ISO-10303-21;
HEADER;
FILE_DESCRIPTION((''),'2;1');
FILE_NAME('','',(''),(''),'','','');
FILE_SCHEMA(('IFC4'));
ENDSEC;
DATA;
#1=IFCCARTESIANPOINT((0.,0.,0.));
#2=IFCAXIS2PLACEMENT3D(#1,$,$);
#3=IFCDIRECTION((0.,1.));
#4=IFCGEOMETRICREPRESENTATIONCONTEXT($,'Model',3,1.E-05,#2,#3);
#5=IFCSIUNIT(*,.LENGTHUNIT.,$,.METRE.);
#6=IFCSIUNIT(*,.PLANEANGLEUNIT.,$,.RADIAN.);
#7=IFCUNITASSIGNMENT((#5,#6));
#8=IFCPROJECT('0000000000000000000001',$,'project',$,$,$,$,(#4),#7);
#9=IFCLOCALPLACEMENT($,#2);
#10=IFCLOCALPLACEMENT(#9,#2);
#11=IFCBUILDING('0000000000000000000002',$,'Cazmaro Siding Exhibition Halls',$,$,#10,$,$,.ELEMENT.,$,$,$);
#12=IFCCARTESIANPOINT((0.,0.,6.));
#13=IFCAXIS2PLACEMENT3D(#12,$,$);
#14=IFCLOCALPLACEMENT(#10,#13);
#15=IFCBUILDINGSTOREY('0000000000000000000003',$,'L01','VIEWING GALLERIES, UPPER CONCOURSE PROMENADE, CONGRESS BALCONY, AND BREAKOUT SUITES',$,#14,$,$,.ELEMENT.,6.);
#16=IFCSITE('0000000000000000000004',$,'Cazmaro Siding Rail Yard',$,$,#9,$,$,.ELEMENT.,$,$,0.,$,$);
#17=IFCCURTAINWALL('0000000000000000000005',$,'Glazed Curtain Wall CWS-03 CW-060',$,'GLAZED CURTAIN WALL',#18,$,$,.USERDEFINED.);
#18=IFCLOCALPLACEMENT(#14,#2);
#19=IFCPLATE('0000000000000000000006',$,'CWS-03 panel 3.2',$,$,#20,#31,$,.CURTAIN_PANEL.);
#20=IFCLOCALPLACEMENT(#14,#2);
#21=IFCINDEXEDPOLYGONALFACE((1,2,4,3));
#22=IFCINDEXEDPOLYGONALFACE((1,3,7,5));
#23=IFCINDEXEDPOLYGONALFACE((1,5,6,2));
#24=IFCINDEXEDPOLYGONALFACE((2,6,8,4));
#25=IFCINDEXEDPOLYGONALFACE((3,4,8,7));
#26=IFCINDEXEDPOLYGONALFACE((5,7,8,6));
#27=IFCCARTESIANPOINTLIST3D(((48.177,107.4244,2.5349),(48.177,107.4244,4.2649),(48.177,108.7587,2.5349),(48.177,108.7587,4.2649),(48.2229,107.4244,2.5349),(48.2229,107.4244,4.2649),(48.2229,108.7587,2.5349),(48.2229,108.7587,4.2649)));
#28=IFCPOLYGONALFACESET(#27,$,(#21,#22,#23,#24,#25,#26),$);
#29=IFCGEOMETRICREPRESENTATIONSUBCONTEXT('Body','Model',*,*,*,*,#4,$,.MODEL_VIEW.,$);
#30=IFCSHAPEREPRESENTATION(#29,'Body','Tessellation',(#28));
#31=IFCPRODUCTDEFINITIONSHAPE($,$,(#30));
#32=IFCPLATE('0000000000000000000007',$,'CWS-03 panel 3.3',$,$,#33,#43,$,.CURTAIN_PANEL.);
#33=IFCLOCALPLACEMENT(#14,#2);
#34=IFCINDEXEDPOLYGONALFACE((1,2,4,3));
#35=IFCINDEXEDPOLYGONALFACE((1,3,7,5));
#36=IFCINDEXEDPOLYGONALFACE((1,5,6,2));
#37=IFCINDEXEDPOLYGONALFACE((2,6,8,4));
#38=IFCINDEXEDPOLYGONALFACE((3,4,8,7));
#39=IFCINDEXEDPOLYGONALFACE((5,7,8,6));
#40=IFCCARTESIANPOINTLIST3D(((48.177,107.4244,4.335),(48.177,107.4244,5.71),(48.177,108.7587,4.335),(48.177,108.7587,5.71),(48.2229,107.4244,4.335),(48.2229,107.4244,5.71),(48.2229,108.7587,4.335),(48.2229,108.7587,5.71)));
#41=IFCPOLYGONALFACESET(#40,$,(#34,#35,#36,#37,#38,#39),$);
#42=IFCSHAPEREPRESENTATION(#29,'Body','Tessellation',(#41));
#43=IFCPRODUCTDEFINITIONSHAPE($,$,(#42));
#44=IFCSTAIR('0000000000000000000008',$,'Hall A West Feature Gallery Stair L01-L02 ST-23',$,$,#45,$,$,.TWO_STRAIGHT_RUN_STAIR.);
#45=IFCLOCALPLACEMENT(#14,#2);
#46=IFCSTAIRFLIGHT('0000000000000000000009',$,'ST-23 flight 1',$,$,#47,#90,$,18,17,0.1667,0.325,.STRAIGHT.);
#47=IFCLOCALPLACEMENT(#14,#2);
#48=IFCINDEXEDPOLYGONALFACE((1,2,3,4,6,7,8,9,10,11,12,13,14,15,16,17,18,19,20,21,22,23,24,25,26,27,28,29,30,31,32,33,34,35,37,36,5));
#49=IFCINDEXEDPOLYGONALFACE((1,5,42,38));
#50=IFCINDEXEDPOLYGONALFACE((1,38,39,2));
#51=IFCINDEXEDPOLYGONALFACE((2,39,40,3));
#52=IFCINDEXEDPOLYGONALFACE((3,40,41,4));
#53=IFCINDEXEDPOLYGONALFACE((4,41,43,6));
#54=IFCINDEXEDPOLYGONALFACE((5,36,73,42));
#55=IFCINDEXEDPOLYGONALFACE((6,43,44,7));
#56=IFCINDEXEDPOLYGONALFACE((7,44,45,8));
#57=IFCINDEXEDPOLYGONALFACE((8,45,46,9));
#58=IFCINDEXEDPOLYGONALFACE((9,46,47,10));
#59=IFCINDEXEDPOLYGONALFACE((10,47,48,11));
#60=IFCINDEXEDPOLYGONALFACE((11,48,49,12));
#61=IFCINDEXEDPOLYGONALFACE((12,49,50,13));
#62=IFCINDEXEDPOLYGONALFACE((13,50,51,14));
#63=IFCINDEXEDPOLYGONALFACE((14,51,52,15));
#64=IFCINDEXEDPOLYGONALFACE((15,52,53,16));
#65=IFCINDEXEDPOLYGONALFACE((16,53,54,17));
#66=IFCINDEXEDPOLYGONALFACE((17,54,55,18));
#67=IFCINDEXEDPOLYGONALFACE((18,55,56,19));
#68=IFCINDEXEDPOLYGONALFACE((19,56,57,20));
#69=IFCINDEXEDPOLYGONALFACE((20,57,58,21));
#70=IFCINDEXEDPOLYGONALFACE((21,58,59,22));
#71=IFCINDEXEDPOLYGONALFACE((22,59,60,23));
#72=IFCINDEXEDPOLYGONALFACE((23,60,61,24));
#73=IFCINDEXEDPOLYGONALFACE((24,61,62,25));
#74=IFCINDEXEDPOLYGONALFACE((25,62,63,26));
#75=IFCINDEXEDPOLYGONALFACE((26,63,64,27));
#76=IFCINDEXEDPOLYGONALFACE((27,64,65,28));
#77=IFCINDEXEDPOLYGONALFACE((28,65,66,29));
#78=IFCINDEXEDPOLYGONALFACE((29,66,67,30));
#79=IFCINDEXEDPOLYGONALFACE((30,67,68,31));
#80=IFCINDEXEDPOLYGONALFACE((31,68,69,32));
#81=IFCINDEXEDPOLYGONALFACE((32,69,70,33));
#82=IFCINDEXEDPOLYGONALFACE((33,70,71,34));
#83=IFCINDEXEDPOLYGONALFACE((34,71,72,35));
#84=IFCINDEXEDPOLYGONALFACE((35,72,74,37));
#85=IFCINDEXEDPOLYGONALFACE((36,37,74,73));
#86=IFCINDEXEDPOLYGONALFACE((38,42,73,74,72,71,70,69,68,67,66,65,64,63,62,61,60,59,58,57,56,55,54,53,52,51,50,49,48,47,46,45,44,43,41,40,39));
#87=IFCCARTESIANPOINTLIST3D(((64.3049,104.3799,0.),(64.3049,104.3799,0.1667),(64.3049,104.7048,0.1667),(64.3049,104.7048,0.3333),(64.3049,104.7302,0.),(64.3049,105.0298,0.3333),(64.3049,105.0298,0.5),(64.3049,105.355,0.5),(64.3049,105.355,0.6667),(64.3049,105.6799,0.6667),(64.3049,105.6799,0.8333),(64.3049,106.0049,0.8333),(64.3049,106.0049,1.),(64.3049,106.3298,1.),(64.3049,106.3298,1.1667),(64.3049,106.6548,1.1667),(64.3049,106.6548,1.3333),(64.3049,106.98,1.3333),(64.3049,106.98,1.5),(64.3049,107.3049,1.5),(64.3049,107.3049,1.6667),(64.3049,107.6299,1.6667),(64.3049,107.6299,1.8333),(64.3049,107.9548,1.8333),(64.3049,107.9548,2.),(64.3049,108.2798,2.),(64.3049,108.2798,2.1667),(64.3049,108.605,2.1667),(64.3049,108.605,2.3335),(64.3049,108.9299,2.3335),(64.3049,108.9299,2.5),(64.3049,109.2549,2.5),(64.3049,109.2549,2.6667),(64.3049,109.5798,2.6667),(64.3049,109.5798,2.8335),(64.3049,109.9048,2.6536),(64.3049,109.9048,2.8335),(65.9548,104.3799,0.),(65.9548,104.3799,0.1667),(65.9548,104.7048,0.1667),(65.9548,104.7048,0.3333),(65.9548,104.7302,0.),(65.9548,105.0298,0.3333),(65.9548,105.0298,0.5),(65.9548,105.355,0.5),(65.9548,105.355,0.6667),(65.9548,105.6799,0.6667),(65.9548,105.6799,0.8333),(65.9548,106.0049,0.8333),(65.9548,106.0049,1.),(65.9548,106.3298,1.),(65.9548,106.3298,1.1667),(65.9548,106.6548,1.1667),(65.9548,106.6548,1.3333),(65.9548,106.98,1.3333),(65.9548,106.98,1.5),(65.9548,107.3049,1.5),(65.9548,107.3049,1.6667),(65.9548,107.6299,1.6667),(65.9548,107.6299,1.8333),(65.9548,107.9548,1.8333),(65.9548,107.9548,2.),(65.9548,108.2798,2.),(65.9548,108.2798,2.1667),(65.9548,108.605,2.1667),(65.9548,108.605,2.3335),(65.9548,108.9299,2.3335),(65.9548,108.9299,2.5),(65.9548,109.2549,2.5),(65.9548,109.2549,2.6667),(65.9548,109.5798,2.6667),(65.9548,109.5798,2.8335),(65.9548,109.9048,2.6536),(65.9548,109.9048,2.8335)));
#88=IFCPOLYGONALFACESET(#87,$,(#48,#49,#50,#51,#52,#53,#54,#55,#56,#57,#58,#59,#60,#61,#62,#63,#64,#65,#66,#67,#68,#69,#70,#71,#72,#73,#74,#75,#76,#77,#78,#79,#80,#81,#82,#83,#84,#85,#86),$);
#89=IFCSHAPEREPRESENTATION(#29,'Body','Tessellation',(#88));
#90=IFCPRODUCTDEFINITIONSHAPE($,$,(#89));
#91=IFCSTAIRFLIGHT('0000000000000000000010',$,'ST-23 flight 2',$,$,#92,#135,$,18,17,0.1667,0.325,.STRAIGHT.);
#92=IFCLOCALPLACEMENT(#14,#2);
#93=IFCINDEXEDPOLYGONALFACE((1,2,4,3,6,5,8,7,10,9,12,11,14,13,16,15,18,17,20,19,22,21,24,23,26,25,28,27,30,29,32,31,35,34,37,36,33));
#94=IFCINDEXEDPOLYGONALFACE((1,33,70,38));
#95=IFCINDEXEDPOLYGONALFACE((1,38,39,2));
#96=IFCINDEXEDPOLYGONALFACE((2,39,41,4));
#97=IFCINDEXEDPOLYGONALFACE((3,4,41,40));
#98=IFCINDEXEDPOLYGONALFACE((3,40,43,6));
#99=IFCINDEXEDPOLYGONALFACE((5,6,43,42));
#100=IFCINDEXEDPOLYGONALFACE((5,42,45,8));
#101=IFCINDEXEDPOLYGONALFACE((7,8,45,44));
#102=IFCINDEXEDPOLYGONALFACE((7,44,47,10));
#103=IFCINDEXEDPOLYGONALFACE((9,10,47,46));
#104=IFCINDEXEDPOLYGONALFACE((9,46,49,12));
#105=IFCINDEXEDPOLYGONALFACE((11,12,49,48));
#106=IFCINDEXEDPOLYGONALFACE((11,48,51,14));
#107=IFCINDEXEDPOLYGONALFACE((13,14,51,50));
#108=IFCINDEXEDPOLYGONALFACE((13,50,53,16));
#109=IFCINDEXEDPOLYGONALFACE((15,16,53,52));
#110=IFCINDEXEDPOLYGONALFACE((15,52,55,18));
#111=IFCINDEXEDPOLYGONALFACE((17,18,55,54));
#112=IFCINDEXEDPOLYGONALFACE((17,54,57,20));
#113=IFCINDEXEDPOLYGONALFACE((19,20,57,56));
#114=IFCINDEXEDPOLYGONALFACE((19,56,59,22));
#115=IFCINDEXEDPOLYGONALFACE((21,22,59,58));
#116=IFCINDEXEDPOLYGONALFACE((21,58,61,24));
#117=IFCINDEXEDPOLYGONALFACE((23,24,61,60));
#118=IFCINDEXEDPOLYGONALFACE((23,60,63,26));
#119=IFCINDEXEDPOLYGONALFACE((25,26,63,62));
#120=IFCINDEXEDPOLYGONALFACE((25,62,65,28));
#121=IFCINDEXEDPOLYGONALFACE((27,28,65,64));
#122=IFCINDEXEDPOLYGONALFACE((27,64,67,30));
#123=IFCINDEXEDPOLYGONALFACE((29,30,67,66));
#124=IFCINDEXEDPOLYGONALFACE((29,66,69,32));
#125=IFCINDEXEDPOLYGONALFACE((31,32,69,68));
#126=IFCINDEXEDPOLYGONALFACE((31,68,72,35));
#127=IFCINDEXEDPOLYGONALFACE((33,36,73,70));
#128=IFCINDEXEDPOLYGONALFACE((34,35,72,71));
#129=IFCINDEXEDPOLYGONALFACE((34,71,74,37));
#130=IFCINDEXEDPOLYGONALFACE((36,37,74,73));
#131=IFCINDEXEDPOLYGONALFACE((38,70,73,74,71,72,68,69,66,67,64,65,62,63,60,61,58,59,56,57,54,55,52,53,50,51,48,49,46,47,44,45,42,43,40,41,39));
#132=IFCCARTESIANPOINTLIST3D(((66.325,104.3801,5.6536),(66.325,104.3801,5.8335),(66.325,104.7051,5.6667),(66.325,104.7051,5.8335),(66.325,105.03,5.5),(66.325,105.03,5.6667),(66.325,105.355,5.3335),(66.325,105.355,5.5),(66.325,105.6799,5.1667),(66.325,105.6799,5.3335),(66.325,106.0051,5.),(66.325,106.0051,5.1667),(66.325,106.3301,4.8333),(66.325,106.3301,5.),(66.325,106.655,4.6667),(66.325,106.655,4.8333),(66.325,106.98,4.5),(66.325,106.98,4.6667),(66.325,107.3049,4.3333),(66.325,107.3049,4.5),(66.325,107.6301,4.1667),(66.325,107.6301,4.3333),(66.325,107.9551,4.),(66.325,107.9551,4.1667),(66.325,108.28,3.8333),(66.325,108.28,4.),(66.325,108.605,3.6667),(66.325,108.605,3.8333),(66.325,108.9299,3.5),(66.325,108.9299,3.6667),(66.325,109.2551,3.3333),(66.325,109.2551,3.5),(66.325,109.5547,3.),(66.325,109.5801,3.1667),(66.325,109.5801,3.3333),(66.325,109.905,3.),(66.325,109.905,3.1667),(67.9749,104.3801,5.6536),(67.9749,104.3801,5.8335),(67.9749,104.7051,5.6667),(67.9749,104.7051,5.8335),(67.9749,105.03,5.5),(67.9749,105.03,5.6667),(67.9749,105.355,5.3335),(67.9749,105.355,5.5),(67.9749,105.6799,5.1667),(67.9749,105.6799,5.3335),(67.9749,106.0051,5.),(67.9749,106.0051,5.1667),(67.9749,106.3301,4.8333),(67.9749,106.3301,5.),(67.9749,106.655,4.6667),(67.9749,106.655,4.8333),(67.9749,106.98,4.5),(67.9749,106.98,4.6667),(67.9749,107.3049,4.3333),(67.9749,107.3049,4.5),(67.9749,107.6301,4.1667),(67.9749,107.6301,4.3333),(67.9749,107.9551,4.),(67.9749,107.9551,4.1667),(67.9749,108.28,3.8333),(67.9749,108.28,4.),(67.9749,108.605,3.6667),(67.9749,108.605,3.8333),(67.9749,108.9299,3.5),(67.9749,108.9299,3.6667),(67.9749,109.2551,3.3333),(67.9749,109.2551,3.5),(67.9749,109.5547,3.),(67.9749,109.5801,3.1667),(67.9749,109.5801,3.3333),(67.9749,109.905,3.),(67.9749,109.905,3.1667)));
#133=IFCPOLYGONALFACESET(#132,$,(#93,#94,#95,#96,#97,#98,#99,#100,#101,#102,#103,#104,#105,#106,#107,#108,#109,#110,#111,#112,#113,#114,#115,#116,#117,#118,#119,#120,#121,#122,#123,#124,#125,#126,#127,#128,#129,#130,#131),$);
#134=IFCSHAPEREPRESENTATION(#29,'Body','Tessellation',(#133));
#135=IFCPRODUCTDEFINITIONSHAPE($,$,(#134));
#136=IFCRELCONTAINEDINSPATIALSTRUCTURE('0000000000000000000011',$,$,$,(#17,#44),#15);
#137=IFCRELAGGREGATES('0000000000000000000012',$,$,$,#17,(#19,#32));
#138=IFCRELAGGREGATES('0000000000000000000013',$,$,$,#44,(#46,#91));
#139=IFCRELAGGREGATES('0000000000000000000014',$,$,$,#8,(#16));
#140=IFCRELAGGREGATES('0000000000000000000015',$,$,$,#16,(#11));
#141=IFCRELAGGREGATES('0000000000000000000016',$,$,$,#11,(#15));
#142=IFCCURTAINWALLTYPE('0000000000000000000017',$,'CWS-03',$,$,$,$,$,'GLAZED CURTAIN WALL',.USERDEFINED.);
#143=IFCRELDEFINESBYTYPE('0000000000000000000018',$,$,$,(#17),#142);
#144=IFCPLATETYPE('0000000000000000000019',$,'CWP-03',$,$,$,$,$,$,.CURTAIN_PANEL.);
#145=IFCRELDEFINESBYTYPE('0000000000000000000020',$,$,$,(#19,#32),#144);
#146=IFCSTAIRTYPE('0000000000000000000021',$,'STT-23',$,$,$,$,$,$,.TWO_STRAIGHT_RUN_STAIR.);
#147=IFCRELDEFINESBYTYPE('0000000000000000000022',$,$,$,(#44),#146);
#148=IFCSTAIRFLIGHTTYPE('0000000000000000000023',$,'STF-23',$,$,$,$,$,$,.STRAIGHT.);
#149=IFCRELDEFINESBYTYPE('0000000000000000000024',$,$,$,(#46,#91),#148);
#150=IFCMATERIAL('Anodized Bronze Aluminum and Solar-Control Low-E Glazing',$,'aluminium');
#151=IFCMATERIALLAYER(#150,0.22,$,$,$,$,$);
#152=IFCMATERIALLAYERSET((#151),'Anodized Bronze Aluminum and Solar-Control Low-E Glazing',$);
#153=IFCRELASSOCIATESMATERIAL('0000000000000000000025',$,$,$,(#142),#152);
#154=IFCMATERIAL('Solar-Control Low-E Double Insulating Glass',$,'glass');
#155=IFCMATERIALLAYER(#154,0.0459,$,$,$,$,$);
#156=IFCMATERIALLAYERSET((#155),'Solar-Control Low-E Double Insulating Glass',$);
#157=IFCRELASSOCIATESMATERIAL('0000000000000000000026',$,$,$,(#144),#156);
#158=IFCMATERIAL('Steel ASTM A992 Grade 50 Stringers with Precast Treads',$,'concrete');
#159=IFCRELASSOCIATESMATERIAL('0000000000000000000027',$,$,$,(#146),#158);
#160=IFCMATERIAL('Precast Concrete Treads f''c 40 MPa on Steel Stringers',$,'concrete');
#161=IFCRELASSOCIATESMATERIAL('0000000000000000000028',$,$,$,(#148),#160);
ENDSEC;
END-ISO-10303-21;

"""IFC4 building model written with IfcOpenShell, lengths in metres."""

from ifc_helpers import new_model, si_unit, direction, frame, origin, origin_2d, place, context, subcontext, project, spatial, polyline, rectangle, outline, extrude, material, layer, layer_set, type_object, element, aggregate, save


model = new_model("IFC4")

# Units and contexts
model_context = context("Model", 3, precision=1e-05, world=origin(), true_north=direction((0.0, 1.0)))
body_context = subcontext(model_context, "Body", "Model", "MODEL_VIEW")
ifc_project = project(units=[si_unit("LENGTHUNIT", "METRE"), si_unit("PLANEANGLEUNIT", "RADIAN")], contexts=[model_context])

# Site, building, storey
site_placement = place(None, origin())
site = spatial("IfcSite", under=ifc_project, at=site_placement, Name="Cazmaro Siding Rail Yard", CompositionType="ELEMENT", RefElevation=0.0)
building_placement = place(site_placement, origin())
building = spatial("IfcBuilding", under=site, at=building_placement, Name="Cazmaro Siding Exhibition Halls", CompositionType="ELEMENT")
storey_placement = place(building_placement, frame((0.0, 0.0, 6.0)))
storey = spatial("IfcBuildingStorey", under=building, at=storey_placement, Name="L01", Description="VIEWING GALLERIES, UPPER CONCOURSE PROMENADE, CONGRESS BALCONY, AND BREAKOUT SUITES", CompositionType="ELEMENT", Elevation=6.0)

# Curtain wall
ifc_material_1 = material(Name="Anodized Bronze Aluminum and Solar-Control Low-E Glazing", Category="aluminium")
ifc_layer_1 = layer(ifc_material_1, 0.22)
ifc_layer_set_1 = layer_set([ifc_layer_1], Name="Anodized Bronze Aluminum and Solar-Control Low-E Glazing")
curtain_wall_type = type_object("IfcCurtainWallType", Name="CWS-03", ElementType="GLAZED CURTAIN WALL", PredefinedType="USERDEFINED", material=ifc_layer_set_1)
curtain_wall_placement = place(storey_placement, origin())
curtain_wall = element("IfcCurtainWall", 1, at=curtain_wall_placement, inside=storey, type_object=curtain_wall_type, Name="Glazed Curtain Wall CWS-03 CW-060", ObjectType="GLAZED CURTAIN WALL", PredefinedType="USERDEFINED")

# Plates
ifc_material_2 = material(Name="Solar-Control Low-E Double Insulating Glass", Category="glass")
ifc_layer_2 = layer(ifc_material_2, 0.0459)
ifc_layer_set_2 = layer_set([ifc_layer_2], Name="Solar-Control Low-E Double Insulating Glass")
plate_type = type_object("IfcPlateType", Name="CWP-03", PredefinedType="CURTAIN_PANEL", material=ifc_layer_set_2)
plate_1_placement = place(storey_placement, frame((48.2, 108.0916, 2.5349), z_axis=(0.0, 0.0, 1.0), x_axis=(0.0, -1.0, 0.0)))
plate_1 = element("IfcPlate", 2, at=plate_1_placement, type_object=plate_type, Name="CWS-03 panel 3.2", PredefinedType="CURTAIN_PANEL", context=body_context, shape_type="SweptSolid", body=[
    extrude(rectangle(XDim=1.3342, YDim=0.0459, at=origin_2d()), origin(), (0.0, 0.0, 1.0), 1.73),
])
plate_2_placement = place(storey_placement, frame((48.2, 108.0916, 4.335), z_axis=(0.0, 0.0, 1.0), x_axis=(0.0, -1.0, 0.0)))
plate_2 = element("IfcPlate", 3, at=plate_2_placement, type_object=plate_type, Name="CWS-03 panel 3.3", PredefinedType="CURTAIN_PANEL", context=body_context, shape_type="SweptSolid", body=[
    extrude(rectangle(XDim=1.3342, YDim=0.0459, at=origin_2d()), origin(), (0.0, 0.0, 1.0), 1.375),
])
aggregate(curtain_wall, [plate_1, plate_2])

# Stair, stair flights
ifc_material_3 = material(Name="Steel ASTM A992 Grade 50 Stringers with Precast Treads", Category="concrete")
stair_type = type_object("IfcStairType", Name="STT-23", PredefinedType="TWO_STRAIGHT_RUN_STAIR", material=ifc_material_3)
stair_placement = place(storey_placement, origin())
stair = element("IfcStair", 4, at=stair_placement, inside=storey, type_object=stair_type, Name="Hall A West Feature Gallery Stair L01-L02 ST-23", PredefinedType="TWO_STRAIGHT_RUN_STAIR")
ifc_material_4 = material(Name="Precast Concrete Treads f'c 40 MPa on Steel Stringers", Category="concrete")
stair_flight_type = type_object("IfcStairFlightType", Name="STF-23", PredefinedType="STRAIGHT", material=ifc_material_4)
stair_flight_1_placement = place(storey_placement, frame((65.1299, 104.3799, 0.0), z_axis=(0.0, 0.0, 1.0), x_axis=(0.0, 1.0, 0.0)))
stair_flight_1 = element("IfcStairFlight", 5, at=stair_flight_1_placement, type_object=stair_flight_type, Name="ST-23 flight 1", NumberOfRisers=18, NumberOfTreads=17, PredefinedType="STRAIGHT", RiserHeight=0.1667, TreadLength=0.325, context=body_context, shape_type="SweptSolid", body=[
    extrude(outline(polyline([(0.0, 0.0), (0.0, 0.1667), (0.325, 0.1667), (0.325, 0.3333), (0.6499, 0.3333), (0.6499, 0.5), (0.9751, 0.5), (0.9751, 0.6667), (1.3, 0.6667), (1.3, 0.8333), (1.625, 0.8333), (1.625, 1.0), (1.95, 1.0), (1.95, 1.1667), (2.2749, 1.1667), (2.2749, 1.3333), (2.6001, 1.3333), (2.6001, 1.5), (2.925, 1.5), (2.925, 1.6667), (3.25, 1.6667), (3.25, 1.8333), (3.575, 1.8333), (3.575, 2.0), (3.8999, 2.0), (3.8999, 2.1667), (4.2251, 2.1667), (4.2251, 2.3335), (4.55, 2.3335), (4.55, 2.5), (4.875, 2.5), (4.875, 2.6667), (5.2, 2.6667), (5.2, 2.8335), (5.5249, 2.8335), (5.5249, 3.0), (5.5249, 2.6536), (0.3503, 0.0), (0.0, 0.0)])), frame((0.0, 0.825, 0.0), z_axis=(0.0, -1.0, 0.0), x_axis=(1.0, 0.0, 0.0)), (0.0, 0.0, 1.0), 1.6499),
])
stair_flight_2_placement = place(storey_placement, frame((67.1499, 109.905, 3.0), z_axis=(0.0, 0.0, 1.0), x_axis=(0.0, -1.0, 0.0)))
stair_flight_2 = element("IfcStairFlight", 6, at=stair_flight_2_placement, type_object=stair_flight_type, Name="ST-23 flight 2", NumberOfRisers=18, NumberOfTreads=17, PredefinedType="STRAIGHT", RiserHeight=0.1667, TreadLength=0.325, context=body_context, shape_type="SweptSolid", body=[
    extrude(outline(polyline([(0.0, 0.0), (0.0, 0.1667), (0.325, 0.1667), (0.325, 0.3333), (0.6499, 0.3333), (0.6499, 0.5), (0.9751, 0.5), (0.9751, 0.6667), (1.3, 0.6667), (1.3, 0.8333), (1.625, 0.8333), (1.625, 1.0), (1.95, 1.0), (1.95, 1.1667), (2.2749, 1.1667), (2.2749, 1.3333), (2.6001, 1.3333), (2.6001, 1.5), (2.925, 1.5), (2.925, 1.6667), (3.25, 1.6667), (3.25, 1.8333), (3.575, 1.8333), (3.575, 2.0), (3.8999, 2.0), (3.8999, 2.1667), (4.2251, 2.1667), (4.2251, 2.3335), (4.55, 2.3335), (4.55, 2.5), (4.875, 2.5), (4.875, 2.6667), (5.2, 2.6667), (5.2, 2.8335), (5.5249, 2.8335), (5.5249, 3.0), (5.5249, 2.6536), (0.3503, 0.0), (0.0, 0.0)])), frame((0.0, 0.825, 0.0), z_axis=(0.0, -1.0, 0.0), x_axis=(1.0, 0.0, 0.0)), (0.0, 0.0, 1.0), 1.6499),
])
aggregate(stair, [stair_flight_1, stair_flight_2])

save(model, "model.ifc")
